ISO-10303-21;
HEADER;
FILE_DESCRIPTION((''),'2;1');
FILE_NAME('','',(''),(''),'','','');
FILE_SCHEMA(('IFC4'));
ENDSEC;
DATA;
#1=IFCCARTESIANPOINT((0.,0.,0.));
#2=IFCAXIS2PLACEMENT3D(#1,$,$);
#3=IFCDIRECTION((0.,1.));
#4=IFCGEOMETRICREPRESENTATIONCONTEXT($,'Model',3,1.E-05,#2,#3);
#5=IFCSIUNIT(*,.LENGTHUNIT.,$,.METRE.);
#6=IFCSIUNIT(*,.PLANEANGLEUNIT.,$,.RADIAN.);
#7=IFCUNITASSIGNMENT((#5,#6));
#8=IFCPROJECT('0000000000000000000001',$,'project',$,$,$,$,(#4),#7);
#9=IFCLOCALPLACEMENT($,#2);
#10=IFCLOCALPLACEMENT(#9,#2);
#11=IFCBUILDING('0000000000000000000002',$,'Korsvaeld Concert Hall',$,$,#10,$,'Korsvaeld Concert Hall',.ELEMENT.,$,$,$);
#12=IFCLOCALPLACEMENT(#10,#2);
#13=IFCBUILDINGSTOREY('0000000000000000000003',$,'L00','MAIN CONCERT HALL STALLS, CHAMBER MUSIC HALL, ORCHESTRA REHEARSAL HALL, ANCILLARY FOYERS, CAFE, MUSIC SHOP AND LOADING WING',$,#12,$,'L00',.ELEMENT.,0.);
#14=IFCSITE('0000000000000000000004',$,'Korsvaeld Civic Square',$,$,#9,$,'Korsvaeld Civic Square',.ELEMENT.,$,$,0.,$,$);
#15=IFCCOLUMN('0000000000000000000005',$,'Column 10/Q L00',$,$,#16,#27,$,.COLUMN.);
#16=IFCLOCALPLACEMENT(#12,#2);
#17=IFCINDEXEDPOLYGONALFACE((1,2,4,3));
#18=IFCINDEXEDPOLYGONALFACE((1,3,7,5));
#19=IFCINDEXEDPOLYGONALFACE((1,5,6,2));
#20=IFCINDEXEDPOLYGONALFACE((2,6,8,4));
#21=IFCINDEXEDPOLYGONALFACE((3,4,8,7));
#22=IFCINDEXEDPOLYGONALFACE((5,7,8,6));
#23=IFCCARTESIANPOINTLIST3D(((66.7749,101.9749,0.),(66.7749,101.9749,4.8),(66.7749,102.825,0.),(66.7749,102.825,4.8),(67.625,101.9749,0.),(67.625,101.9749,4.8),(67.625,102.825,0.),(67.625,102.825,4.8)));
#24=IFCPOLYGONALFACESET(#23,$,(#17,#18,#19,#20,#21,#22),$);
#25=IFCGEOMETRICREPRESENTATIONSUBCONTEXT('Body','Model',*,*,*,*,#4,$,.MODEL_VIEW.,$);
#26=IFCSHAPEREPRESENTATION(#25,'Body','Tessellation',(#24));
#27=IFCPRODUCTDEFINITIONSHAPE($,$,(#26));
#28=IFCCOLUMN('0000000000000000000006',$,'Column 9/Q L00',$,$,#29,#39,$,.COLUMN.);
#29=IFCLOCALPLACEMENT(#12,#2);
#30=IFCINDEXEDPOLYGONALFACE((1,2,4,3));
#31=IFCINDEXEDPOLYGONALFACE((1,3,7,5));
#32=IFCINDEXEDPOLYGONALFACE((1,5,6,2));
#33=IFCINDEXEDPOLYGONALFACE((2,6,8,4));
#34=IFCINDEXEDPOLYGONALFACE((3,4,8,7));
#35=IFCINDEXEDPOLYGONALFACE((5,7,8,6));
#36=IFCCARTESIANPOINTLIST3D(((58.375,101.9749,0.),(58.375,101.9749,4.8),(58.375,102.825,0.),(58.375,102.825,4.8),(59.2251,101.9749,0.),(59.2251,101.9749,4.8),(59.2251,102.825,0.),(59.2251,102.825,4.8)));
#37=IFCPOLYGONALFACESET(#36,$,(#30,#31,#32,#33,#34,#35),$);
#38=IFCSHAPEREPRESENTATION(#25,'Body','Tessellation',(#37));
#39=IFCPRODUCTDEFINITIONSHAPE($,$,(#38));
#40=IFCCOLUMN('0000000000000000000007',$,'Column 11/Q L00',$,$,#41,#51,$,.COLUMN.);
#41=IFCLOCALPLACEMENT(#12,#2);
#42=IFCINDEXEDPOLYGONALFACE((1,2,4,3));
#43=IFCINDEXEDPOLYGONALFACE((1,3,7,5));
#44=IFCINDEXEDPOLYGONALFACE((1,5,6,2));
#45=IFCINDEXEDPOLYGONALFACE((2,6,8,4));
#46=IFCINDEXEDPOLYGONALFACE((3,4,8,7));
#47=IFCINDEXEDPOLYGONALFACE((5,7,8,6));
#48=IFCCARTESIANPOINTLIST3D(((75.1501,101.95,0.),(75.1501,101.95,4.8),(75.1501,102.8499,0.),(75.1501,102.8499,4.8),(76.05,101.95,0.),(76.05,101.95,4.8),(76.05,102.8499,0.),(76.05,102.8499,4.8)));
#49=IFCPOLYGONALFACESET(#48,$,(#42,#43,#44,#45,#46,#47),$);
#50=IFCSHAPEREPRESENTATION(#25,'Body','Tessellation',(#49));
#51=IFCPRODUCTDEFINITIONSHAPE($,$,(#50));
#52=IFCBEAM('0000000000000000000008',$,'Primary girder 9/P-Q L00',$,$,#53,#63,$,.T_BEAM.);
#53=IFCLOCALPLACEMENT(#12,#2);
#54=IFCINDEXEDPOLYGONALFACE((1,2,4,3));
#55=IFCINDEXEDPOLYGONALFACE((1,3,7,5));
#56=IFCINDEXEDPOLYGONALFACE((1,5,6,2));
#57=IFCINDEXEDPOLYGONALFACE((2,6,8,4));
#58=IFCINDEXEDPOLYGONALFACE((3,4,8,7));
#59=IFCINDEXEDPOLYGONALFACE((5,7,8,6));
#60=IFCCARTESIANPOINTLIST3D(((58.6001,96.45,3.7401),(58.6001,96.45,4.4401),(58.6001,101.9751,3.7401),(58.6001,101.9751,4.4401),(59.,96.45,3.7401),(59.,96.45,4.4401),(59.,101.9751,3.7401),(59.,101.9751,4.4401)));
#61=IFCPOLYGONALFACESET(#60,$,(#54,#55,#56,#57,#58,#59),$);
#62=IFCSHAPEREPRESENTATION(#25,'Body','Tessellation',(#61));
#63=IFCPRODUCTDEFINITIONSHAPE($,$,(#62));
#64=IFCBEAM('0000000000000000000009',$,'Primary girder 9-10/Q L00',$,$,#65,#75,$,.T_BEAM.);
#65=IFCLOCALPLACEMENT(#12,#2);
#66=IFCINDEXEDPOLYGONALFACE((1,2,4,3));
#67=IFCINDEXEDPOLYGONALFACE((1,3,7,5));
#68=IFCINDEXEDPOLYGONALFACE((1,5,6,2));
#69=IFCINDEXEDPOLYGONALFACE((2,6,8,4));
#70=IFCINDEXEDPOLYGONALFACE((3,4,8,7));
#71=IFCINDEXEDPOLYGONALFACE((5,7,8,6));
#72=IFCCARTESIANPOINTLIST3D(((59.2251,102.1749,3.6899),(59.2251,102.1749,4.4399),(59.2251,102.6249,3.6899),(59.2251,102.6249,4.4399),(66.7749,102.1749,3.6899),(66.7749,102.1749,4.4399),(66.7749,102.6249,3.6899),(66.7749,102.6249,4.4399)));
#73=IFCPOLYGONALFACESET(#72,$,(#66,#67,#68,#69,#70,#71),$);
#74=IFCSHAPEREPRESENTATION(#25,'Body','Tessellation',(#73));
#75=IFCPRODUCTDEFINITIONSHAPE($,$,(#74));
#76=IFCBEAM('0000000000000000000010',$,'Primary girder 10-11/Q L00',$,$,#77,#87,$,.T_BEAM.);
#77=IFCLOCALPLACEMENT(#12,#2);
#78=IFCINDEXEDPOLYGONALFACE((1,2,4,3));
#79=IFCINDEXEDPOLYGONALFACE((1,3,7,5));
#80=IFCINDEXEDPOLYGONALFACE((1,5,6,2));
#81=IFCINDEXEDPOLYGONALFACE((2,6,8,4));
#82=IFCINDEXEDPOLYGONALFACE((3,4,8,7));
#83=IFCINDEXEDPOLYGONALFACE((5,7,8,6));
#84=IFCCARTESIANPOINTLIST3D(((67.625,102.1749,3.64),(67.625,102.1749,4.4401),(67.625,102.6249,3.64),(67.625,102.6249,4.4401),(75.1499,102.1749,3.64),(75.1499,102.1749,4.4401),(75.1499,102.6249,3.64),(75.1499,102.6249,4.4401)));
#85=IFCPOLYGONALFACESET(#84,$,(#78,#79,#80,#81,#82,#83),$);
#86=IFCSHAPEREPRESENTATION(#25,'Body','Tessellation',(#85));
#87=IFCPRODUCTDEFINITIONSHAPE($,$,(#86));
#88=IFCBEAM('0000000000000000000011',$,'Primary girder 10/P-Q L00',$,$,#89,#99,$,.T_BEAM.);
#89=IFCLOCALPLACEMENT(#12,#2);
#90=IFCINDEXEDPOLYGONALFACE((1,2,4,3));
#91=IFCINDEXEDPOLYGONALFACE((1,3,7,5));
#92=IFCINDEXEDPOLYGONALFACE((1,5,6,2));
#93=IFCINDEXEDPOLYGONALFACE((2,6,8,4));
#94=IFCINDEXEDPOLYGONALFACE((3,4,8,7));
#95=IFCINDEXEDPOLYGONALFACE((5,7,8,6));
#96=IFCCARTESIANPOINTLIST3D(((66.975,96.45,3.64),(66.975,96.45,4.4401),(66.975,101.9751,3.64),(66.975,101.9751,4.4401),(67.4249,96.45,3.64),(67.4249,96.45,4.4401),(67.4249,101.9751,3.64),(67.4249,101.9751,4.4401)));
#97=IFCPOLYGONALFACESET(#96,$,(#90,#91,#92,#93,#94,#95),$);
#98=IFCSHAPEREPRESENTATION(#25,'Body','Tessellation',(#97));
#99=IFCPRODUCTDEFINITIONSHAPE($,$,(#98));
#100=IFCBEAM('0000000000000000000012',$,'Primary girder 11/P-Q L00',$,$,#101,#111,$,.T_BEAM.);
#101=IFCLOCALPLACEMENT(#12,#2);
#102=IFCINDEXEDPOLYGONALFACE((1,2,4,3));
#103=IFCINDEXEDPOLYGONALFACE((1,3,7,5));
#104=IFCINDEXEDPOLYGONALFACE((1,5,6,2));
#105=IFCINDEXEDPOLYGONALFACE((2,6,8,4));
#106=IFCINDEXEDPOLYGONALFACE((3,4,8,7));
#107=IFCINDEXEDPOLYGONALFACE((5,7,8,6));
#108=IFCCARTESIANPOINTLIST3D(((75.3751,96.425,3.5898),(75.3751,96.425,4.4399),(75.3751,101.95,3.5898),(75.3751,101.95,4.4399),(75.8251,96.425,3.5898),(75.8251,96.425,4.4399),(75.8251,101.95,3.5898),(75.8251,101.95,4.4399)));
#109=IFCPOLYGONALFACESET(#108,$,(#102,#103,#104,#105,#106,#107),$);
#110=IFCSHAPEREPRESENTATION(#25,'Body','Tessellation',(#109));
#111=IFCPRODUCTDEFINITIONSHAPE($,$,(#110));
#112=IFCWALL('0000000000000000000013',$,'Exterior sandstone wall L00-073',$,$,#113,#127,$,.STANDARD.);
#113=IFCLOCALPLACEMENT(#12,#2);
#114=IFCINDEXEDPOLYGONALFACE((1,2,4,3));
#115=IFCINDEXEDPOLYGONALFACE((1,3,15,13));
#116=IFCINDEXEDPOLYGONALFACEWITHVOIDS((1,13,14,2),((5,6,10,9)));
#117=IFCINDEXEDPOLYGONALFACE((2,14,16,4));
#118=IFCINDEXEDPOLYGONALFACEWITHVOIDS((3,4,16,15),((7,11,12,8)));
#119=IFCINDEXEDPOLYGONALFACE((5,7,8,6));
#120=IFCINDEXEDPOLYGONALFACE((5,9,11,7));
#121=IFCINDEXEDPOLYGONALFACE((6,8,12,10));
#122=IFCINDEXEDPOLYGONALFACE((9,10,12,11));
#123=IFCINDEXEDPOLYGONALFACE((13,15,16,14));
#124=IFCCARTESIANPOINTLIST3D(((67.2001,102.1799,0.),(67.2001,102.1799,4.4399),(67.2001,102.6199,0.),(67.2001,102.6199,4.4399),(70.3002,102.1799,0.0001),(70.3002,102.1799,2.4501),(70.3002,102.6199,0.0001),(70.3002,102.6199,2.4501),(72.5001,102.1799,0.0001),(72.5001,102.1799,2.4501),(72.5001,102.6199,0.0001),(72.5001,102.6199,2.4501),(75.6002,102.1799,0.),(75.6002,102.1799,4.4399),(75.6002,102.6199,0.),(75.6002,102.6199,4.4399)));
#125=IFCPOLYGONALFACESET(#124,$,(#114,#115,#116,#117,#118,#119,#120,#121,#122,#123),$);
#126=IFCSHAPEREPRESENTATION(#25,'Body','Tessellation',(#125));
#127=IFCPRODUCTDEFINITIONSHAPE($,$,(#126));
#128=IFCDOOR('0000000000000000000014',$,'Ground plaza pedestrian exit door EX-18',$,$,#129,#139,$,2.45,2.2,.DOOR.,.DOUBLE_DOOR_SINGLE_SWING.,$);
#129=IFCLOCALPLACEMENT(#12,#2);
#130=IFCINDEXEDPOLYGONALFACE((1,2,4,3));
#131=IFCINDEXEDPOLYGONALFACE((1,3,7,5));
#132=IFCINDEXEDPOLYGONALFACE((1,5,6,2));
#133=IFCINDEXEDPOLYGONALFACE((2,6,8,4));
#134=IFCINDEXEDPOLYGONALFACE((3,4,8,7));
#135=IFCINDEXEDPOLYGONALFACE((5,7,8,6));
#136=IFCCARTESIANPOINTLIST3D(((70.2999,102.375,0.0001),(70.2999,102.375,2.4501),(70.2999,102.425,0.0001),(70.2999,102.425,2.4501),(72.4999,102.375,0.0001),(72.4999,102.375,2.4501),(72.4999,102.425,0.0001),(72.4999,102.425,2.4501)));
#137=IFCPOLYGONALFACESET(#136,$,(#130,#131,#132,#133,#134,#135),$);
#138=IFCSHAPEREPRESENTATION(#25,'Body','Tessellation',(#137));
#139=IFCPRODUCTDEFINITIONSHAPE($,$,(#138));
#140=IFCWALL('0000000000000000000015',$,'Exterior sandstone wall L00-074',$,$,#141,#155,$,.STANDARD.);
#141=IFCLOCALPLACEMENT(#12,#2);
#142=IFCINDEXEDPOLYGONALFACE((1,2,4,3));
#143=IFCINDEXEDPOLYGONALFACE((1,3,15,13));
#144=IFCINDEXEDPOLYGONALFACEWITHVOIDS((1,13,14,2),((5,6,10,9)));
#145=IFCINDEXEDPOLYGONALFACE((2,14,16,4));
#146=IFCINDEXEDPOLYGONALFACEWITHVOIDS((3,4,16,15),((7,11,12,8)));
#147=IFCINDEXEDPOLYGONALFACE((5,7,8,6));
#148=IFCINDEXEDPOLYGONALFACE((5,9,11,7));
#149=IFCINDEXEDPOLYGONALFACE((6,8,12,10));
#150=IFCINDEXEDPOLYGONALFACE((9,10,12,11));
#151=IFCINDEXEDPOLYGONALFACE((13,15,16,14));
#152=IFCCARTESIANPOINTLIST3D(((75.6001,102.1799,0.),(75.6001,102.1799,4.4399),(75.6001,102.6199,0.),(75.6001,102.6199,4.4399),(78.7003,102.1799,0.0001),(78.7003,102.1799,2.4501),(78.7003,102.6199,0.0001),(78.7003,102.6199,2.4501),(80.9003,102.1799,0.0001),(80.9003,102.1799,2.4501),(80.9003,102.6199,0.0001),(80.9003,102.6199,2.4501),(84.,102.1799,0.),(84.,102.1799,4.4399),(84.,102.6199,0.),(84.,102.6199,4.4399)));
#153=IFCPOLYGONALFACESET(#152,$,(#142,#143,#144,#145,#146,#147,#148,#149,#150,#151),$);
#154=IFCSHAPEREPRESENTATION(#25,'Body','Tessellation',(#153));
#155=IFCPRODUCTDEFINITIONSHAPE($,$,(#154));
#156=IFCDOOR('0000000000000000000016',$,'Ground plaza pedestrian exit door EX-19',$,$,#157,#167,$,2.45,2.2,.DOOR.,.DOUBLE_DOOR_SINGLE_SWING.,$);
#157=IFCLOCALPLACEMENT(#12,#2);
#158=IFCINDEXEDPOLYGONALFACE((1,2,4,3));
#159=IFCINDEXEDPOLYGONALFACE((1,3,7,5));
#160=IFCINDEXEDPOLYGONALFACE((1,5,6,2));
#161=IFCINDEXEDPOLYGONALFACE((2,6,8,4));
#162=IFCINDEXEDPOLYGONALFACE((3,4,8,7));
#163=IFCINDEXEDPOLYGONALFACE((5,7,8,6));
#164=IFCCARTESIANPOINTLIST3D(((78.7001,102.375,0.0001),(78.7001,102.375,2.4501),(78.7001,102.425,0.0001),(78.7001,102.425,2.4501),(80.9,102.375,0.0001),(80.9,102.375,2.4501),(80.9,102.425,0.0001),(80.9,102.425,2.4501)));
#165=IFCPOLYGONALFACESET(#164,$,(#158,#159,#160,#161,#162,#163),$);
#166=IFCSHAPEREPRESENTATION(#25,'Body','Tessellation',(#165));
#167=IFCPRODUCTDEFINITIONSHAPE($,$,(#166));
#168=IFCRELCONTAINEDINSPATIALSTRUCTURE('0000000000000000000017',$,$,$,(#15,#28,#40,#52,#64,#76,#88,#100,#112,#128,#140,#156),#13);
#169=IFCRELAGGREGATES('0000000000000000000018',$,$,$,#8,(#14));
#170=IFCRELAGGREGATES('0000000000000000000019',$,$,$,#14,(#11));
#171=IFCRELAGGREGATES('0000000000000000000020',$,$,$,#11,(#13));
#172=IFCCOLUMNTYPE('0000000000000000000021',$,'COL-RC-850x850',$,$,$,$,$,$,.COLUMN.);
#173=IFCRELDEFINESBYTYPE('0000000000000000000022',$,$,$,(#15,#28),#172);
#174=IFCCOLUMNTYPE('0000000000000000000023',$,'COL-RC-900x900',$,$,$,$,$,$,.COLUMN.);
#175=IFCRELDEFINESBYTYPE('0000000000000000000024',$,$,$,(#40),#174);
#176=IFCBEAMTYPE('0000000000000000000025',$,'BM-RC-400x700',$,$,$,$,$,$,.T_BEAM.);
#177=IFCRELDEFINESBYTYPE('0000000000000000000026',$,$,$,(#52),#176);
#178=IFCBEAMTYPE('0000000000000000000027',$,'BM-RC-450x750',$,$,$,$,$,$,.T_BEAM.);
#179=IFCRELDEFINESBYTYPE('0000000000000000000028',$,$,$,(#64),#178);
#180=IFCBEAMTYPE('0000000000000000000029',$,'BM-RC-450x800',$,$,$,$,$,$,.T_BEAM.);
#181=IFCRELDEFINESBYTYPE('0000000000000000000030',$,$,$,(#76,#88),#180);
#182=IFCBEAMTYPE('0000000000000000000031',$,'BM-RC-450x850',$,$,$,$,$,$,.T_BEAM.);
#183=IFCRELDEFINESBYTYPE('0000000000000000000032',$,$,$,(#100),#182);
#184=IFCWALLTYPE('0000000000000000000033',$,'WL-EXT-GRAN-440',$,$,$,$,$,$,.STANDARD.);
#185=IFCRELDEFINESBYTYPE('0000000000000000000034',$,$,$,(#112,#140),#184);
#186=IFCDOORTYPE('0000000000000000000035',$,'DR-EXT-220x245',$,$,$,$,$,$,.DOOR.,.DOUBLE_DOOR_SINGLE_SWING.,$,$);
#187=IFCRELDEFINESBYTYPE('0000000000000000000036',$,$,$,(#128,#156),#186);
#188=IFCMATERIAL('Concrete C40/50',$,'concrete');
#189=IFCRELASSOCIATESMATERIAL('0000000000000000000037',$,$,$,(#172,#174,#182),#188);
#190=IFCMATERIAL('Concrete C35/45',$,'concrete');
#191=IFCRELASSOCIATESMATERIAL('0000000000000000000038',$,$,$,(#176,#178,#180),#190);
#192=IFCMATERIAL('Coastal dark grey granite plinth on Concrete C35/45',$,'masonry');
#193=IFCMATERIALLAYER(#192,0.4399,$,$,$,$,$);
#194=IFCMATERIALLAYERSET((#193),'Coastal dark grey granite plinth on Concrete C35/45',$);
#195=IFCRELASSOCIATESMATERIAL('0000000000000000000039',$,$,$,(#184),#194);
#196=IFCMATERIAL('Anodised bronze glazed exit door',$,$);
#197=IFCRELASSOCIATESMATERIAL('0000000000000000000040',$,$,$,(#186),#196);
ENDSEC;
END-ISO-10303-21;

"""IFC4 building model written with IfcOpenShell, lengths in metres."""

from ifc_helpers import new_model, si_unit, direction, frame, frame_2d, origin, origin_2d, place, context, subcontext, project, spatial, rectangle, extrude, material, layer, layer_set, material_profile, profile_set, type_object, element, fill, save


model = new_model("IFC4")

# Units and contexts
model_context = context("Model", 3, precision=1e-05, world=origin(), true_north=direction((0.0, 1.0)))
body_context = subcontext(model_context, "Body", "Model", "MODEL_VIEW")
ifc_project = project(units=[si_unit("LENGTHUNIT", "METRE"), si_unit("PLANEANGLEUNIT", "RADIAN")], contexts=[model_context])

# Site, building, storey
site_placement = place(None, origin())
site = spatial("IfcSite", under=ifc_project, at=site_placement, Name="Korsvaeld Civic Square", LongName="Korsvaeld Civic Square", CompositionType="ELEMENT", RefElevation=0.0)
building_placement = place(site_placement, origin())
building = spatial("IfcBuilding", under=site, at=building_placement, Name="Korsvaeld Concert Hall", LongName="Korsvaeld Concert Hall", CompositionType="ELEMENT")
storey_placement = place(building_placement, origin())
storey = spatial("IfcBuildingStorey", under=building, at=storey_placement, Name="L00", Description="MAIN CONCERT HALL STALLS, CHAMBER MUSIC HALL, ORCHESTRA REHEARSAL HALL, ANCILLARY FOYERS, CAFE, MUSIC SHOP AND LOADING WING", LongName="L00", CompositionType="ELEMENT", Elevation=0.0)

# Columns
ifc_material_1 = material(Name="Concrete C40/50", Category="concrete")
ifc_material_profile_1 = material_profile(ifc_material_1, rectangle(XDim=0.8501, YDim=0.8501, at=origin_2d()), Name="RC 850x850")
ifc_profile_set_1 = profile_set([ifc_material_profile_1], Name="Concrete C40/50")
column_type_1 = type_object("IfcColumnType", Name="COL-RC-850x850", PredefinedType="COLUMN", material=ifc_profile_set_1)
for number, where, z_axis, x_axis, name in (
    (1, (67.2, 102.3999, 0.0), (0.0, 0.0, 1.0), (1.0, 0.0, 0.0), "Column 10/Q L00"),
    (2, (58.8, 102.3999, 0.0), (0.0, 0.0, 1.0), (1.0, 0.0, 0.0), "Column 9/Q L00"),
):
    element("IfcColumn", number, at=place(storey_placement, frame(where, z_axis=z_axis, x_axis=x_axis)), inside=storey, type_object=column_type_1, Name=name, PredefinedType="COLUMN", context=body_context, shape_type="SweptSolid", body=[
        extrude(rectangle(XDim=0.8501, YDim=0.8501, at=origin_2d()), origin(), (0.0, 0.0, 1.0), 4.8),
    ])
ifc_material_profile_2 = material_profile(ifc_material_1, rectangle(XDim=0.8999, YDim=0.8999, at=origin_2d()), Name="RC 900x900")
ifc_profile_set_2 = profile_set([ifc_material_profile_2], Name="Concrete C40/50")
column_type_2 = type_object("IfcColumnType", Name="COL-RC-900x900", PredefinedType="COLUMN", material=ifc_profile_set_2)
column_placement = place(storey_placement, frame((75.6001, 102.3999, 0.0), z_axis=(0.0, 0.0, 1.0), x_axis=(1.0, 0.0, 0.0)))
element("IfcColumn", 3, at=column_placement, inside=storey, type_object=column_type_2, Name="Column 11/Q L00", PredefinedType="COLUMN", context=body_context, shape_type="SweptSolid", body=[
    extrude(rectangle(XDim=0.8999, YDim=0.8999, at=origin_2d()), origin(), (0.0, 0.0, 1.0), 4.8),
])

# Beams
ifc_material_2 = material(Name="Concrete C35/45", Category="concrete")
ifc_material_profile_3 = material_profile(ifc_material_2, rectangle(XDim=0.3999, YDim=0.7, at=origin_2d()), Name="RC 400x700")
ifc_profile_set_3 = profile_set([ifc_material_profile_3], Name="Concrete C35/45")
beam_type_1 = type_object("IfcBeamType", Name="BM-RC-400x700", PredefinedType="T_BEAM", material=ifc_profile_set_3)
beam_1_placement = place(storey_placement, frame((58.8, 96.45, 4.0901), z_axis=(0.0, 1.0, 0.0), x_axis=(-1.0, 0.0, 0.0)))
element("IfcBeam", 4, at=beam_1_placement, inside=storey, type_object=beam_type_1, Name="Primary girder 9/P-Q L00", PredefinedType="T_BEAM", context=body_context, shape_type="SweptSolid", body=[
    extrude(rectangle(XDim=0.3999, YDim=0.7, at=origin_2d()), origin(), (0.0, 0.0, 1.0), 5.5251),
])
ifc_material_profile_4 = material_profile(ifc_material_2, rectangle(XDim=0.45, YDim=0.75, at=origin_2d()), Name="RC 450x750")
ifc_profile_set_4 = profile_set([ifc_material_profile_4], Name="Concrete C35/45")
beam_type_2 = type_object("IfcBeamType", Name="BM-RC-450x750", PredefinedType="T_BEAM", material=ifc_profile_set_4)
beam_2_placement = place(storey_placement, frame((59.2251, 102.3999, 4.0649), z_axis=(1.0, 0.0, 0.0), x_axis=(0.0, 1.0, 0.0)))
element("IfcBeam", 5, at=beam_2_placement, inside=storey, type_object=beam_type_2, Name="Primary girder 9-10/Q L00", PredefinedType="T_BEAM", context=body_context, shape_type="SweptSolid", body=[
    extrude(rectangle(XDim=0.45, YDim=0.75, at=origin_2d()), origin(), (0.0, 0.0, 1.0), 7.5498),
])
ifc_material_profile_5 = material_profile(ifc_material_2, rectangle(XDim=0.45, YDim=0.8, at=origin_2d()), Name="RC 450x800")
ifc_profile_set_5 = profile_set([ifc_material_profile_5], Name="Concrete C35/45")
beam_type_3 = type_object("IfcBeamType", Name="BM-RC-450x800", PredefinedType="T_BEAM", material=ifc_profile_set_5)
beam_3_placement = place(storey_placement, frame((67.625, 102.3999, 4.04), z_axis=(1.0, 0.0, 0.0), x_axis=(0.0, 1.0, 0.0)))
element("IfcBeam", 6, at=beam_3_placement, inside=storey, type_object=beam_type_3, Name="Primary girder 10-11/Q L00", PredefinedType="T_BEAM", context=body_context, shape_type="SweptSolid", body=[
    extrude(rectangle(XDim=0.45, YDim=0.8, at=origin_2d()), origin(), (0.0, 0.0, 1.0), 7.5249),
])
beam_4_placement = place(storey_placement, frame((67.2, 96.45, 4.04), z_axis=(0.0, 1.0, 0.0), x_axis=(-1.0, 0.0, 0.0)))
element("IfcBeam", 7, at=beam_4_placement, inside=storey, type_object=beam_type_3, Name="Primary girder 10/P-Q L00", PredefinedType="T_BEAM", context=body_context, shape_type="SweptSolid", body=[
    extrude(rectangle(XDim=0.45, YDim=0.8, at=origin_2d()), origin(), (0.0, 0.0, 1.0), 5.5251),
])
ifc_material_profile_6 = material_profile(ifc_material_1, rectangle(XDim=0.45, YDim=0.8501, at=origin_2d()), Name="RC 450x850")
ifc_profile_set_6 = profile_set([ifc_material_profile_6], Name="Concrete C40/50")
beam_type_4 = type_object("IfcBeamType", Name="BM-RC-450x850", PredefinedType="T_BEAM", material=ifc_profile_set_6)
beam_5_placement = place(storey_placement, frame((75.6001, 96.425, 4.0149), z_axis=(0.0, 1.0, 0.0), x_axis=(-1.0, 0.0, 0.0)))
element("IfcBeam", 8, at=beam_5_placement, inside=storey, type_object=beam_type_4, Name="Primary girder 11/P-Q L00", PredefinedType="T_BEAM", context=body_context, shape_type="SweptSolid", body=[
    extrude(rectangle(XDim=0.45, YDim=0.8501, at=origin_2d()), origin(), (0.0, 0.0, 1.0), 5.5249),
])

# Walls, openings, doors
ifc_material_3 = material(Name="Coastal dark grey granite plinth on Concrete C35/45", Category="masonry")
ifc_layer_1 = layer(ifc_material_3, 0.4399)
ifc_layer_set_1 = layer_set([ifc_layer_1], Name="Coastal dark grey granite plinth on Concrete C35/45")
wall_type_1 = type_object("IfcWallType", Name="WL-EXT-GRAN-440", PredefinedType="STANDARD", material=ifc_layer_set_1)
wall_1_placement = place(storey_placement, frame((67.2, 102.3999, 0.0), z_axis=(0.0, 0.0, 1.0), x_axis=(1.0, 0.0, 0.0)))
wall_1 = element("IfcWall", 9, at=wall_1_placement, inside=storey, type_object=wall_type_1, Name="Exterior sandstone wall L00-073", PredefinedType="STANDARD", context=body_context, shape_type="SweptSolid", body=[
    extrude(rectangle(XDim=8.4001, YDim=0.4399, at=frame_2d((4.2002, 0.0))), origin(), (0.0, 0.0, 1.0), 4.4399),
])
opening_1_placement = place(wall_1_placement, frame((3.1001, 0.0, 0.0)))
opening_1 = element("IfcOpeningElement", 10, at=opening_1_placement, cuts=wall_1, PredefinedType="OPENING", context=body_context, shape_type="SweptSolid", body=[
    extrude(rectangle(XDim=2.2, YDim=2.45, at=frame_2d((1.1001, 1.2251))), frame((0.0, 0.23, 0.0), z_axis=(0.0, -1.0, 0.0), x_axis=(1.0, 0.0, 0.0)), (0.0, 0.0, 1.0), 0.46),
])
ifc_material_4 = material(Name="Anodised bronze glazed exit door")
door_type_1 = type_object("IfcDoorType", Name="DR-EXT-220x245", OperationType="DOUBLE_DOOR_SINGLE_SWING", PredefinedType="DOOR", material=ifc_material_4)
door_1_placement = place(opening_1_placement, frame((2.2, 0.0, 0.0), z_axis=(0.0, 0.0, 1.0), x_axis=(-1.0, 0.0, 0.0)))
door_1 = element("IfcDoor", 11, at=door_1_placement, inside=storey, type_object=door_type_1, Name="Ground plaza pedestrian exit door EX-18", OperationType="DOUBLE_DOOR_SINGLE_SWING", OverallHeight=2.45, OverallWidth=2.2, PredefinedType="DOOR", context=body_context, shape_type="SweptSolid", body=[
    extrude(rectangle(XDim=2.2, YDim=2.45, at=frame_2d((1.1001, 1.2251))), frame((0.0, 0.0249, 0.0), z_axis=(0.0, -1.0, 0.0), x_axis=(1.0, 0.0, 0.0)), (0.0, 0.0, 1.0), 0.05),
])
fill(opening_1, door_1)
wall_2_placement = place(storey_placement, frame((75.6001, 102.3999, 0.0), z_axis=(0.0, 0.0, 1.0), x_axis=(1.0, 0.0, 0.0)))
wall_2 = element("IfcWall", 12, at=wall_2_placement, inside=storey, type_object=wall_type_1, Name="Exterior sandstone wall L00-074", PredefinedType="STANDARD", context=body_context, shape_type="SweptSolid", body=[
    extrude(rectangle(XDim=8.3999, YDim=0.4399, at=frame_2d((4.2, 0.0))), origin(), (0.0, 0.0, 1.0), 4.4399),
])
opening_2_placement = place(wall_2_placement, frame((3.1001, 0.0, 0.0)))
opening_2 = element("IfcOpeningElement", 13, at=opening_2_placement, cuts=wall_2, PredefinedType="OPENING", context=body_context, shape_type="SweptSolid", body=[
    extrude(rectangle(XDim=2.2, YDim=2.45, at=frame_2d((1.1001, 1.2251))), frame((0.0, 0.23, 0.0), z_axis=(0.0, -1.0, 0.0), x_axis=(1.0, 0.0, 0.0)), (0.0, 0.0, 1.0), 0.46),
])
door_2_placement = place(opening_2_placement, frame((2.2, 0.0, 0.0), z_axis=(0.0, 0.0, 1.0), x_axis=(-1.0, 0.0, 0.0)))
door_2 = element("IfcDoor", 14, at=door_2_placement, inside=storey, type_object=door_type_1, Name="Ground plaza pedestrian exit door EX-19", OperationType="DOUBLE_DOOR_SINGLE_SWING", OverallHeight=2.45, OverallWidth=2.2, PredefinedType="DOOR", context=body_context, shape_type="SweptSolid", body=[
    extrude(rectangle(XDim=2.2, YDim=2.45, at=frame_2d((1.1001, 1.2251))), frame((0.0, 0.0249, 0.0), z_axis=(0.0, -1.0, 0.0), x_axis=(1.0, 0.0, 0.0)), (0.0, 0.0, 1.0), 0.05),
])
fill(opening_2, door_2)

save(model, "model.ifc")
